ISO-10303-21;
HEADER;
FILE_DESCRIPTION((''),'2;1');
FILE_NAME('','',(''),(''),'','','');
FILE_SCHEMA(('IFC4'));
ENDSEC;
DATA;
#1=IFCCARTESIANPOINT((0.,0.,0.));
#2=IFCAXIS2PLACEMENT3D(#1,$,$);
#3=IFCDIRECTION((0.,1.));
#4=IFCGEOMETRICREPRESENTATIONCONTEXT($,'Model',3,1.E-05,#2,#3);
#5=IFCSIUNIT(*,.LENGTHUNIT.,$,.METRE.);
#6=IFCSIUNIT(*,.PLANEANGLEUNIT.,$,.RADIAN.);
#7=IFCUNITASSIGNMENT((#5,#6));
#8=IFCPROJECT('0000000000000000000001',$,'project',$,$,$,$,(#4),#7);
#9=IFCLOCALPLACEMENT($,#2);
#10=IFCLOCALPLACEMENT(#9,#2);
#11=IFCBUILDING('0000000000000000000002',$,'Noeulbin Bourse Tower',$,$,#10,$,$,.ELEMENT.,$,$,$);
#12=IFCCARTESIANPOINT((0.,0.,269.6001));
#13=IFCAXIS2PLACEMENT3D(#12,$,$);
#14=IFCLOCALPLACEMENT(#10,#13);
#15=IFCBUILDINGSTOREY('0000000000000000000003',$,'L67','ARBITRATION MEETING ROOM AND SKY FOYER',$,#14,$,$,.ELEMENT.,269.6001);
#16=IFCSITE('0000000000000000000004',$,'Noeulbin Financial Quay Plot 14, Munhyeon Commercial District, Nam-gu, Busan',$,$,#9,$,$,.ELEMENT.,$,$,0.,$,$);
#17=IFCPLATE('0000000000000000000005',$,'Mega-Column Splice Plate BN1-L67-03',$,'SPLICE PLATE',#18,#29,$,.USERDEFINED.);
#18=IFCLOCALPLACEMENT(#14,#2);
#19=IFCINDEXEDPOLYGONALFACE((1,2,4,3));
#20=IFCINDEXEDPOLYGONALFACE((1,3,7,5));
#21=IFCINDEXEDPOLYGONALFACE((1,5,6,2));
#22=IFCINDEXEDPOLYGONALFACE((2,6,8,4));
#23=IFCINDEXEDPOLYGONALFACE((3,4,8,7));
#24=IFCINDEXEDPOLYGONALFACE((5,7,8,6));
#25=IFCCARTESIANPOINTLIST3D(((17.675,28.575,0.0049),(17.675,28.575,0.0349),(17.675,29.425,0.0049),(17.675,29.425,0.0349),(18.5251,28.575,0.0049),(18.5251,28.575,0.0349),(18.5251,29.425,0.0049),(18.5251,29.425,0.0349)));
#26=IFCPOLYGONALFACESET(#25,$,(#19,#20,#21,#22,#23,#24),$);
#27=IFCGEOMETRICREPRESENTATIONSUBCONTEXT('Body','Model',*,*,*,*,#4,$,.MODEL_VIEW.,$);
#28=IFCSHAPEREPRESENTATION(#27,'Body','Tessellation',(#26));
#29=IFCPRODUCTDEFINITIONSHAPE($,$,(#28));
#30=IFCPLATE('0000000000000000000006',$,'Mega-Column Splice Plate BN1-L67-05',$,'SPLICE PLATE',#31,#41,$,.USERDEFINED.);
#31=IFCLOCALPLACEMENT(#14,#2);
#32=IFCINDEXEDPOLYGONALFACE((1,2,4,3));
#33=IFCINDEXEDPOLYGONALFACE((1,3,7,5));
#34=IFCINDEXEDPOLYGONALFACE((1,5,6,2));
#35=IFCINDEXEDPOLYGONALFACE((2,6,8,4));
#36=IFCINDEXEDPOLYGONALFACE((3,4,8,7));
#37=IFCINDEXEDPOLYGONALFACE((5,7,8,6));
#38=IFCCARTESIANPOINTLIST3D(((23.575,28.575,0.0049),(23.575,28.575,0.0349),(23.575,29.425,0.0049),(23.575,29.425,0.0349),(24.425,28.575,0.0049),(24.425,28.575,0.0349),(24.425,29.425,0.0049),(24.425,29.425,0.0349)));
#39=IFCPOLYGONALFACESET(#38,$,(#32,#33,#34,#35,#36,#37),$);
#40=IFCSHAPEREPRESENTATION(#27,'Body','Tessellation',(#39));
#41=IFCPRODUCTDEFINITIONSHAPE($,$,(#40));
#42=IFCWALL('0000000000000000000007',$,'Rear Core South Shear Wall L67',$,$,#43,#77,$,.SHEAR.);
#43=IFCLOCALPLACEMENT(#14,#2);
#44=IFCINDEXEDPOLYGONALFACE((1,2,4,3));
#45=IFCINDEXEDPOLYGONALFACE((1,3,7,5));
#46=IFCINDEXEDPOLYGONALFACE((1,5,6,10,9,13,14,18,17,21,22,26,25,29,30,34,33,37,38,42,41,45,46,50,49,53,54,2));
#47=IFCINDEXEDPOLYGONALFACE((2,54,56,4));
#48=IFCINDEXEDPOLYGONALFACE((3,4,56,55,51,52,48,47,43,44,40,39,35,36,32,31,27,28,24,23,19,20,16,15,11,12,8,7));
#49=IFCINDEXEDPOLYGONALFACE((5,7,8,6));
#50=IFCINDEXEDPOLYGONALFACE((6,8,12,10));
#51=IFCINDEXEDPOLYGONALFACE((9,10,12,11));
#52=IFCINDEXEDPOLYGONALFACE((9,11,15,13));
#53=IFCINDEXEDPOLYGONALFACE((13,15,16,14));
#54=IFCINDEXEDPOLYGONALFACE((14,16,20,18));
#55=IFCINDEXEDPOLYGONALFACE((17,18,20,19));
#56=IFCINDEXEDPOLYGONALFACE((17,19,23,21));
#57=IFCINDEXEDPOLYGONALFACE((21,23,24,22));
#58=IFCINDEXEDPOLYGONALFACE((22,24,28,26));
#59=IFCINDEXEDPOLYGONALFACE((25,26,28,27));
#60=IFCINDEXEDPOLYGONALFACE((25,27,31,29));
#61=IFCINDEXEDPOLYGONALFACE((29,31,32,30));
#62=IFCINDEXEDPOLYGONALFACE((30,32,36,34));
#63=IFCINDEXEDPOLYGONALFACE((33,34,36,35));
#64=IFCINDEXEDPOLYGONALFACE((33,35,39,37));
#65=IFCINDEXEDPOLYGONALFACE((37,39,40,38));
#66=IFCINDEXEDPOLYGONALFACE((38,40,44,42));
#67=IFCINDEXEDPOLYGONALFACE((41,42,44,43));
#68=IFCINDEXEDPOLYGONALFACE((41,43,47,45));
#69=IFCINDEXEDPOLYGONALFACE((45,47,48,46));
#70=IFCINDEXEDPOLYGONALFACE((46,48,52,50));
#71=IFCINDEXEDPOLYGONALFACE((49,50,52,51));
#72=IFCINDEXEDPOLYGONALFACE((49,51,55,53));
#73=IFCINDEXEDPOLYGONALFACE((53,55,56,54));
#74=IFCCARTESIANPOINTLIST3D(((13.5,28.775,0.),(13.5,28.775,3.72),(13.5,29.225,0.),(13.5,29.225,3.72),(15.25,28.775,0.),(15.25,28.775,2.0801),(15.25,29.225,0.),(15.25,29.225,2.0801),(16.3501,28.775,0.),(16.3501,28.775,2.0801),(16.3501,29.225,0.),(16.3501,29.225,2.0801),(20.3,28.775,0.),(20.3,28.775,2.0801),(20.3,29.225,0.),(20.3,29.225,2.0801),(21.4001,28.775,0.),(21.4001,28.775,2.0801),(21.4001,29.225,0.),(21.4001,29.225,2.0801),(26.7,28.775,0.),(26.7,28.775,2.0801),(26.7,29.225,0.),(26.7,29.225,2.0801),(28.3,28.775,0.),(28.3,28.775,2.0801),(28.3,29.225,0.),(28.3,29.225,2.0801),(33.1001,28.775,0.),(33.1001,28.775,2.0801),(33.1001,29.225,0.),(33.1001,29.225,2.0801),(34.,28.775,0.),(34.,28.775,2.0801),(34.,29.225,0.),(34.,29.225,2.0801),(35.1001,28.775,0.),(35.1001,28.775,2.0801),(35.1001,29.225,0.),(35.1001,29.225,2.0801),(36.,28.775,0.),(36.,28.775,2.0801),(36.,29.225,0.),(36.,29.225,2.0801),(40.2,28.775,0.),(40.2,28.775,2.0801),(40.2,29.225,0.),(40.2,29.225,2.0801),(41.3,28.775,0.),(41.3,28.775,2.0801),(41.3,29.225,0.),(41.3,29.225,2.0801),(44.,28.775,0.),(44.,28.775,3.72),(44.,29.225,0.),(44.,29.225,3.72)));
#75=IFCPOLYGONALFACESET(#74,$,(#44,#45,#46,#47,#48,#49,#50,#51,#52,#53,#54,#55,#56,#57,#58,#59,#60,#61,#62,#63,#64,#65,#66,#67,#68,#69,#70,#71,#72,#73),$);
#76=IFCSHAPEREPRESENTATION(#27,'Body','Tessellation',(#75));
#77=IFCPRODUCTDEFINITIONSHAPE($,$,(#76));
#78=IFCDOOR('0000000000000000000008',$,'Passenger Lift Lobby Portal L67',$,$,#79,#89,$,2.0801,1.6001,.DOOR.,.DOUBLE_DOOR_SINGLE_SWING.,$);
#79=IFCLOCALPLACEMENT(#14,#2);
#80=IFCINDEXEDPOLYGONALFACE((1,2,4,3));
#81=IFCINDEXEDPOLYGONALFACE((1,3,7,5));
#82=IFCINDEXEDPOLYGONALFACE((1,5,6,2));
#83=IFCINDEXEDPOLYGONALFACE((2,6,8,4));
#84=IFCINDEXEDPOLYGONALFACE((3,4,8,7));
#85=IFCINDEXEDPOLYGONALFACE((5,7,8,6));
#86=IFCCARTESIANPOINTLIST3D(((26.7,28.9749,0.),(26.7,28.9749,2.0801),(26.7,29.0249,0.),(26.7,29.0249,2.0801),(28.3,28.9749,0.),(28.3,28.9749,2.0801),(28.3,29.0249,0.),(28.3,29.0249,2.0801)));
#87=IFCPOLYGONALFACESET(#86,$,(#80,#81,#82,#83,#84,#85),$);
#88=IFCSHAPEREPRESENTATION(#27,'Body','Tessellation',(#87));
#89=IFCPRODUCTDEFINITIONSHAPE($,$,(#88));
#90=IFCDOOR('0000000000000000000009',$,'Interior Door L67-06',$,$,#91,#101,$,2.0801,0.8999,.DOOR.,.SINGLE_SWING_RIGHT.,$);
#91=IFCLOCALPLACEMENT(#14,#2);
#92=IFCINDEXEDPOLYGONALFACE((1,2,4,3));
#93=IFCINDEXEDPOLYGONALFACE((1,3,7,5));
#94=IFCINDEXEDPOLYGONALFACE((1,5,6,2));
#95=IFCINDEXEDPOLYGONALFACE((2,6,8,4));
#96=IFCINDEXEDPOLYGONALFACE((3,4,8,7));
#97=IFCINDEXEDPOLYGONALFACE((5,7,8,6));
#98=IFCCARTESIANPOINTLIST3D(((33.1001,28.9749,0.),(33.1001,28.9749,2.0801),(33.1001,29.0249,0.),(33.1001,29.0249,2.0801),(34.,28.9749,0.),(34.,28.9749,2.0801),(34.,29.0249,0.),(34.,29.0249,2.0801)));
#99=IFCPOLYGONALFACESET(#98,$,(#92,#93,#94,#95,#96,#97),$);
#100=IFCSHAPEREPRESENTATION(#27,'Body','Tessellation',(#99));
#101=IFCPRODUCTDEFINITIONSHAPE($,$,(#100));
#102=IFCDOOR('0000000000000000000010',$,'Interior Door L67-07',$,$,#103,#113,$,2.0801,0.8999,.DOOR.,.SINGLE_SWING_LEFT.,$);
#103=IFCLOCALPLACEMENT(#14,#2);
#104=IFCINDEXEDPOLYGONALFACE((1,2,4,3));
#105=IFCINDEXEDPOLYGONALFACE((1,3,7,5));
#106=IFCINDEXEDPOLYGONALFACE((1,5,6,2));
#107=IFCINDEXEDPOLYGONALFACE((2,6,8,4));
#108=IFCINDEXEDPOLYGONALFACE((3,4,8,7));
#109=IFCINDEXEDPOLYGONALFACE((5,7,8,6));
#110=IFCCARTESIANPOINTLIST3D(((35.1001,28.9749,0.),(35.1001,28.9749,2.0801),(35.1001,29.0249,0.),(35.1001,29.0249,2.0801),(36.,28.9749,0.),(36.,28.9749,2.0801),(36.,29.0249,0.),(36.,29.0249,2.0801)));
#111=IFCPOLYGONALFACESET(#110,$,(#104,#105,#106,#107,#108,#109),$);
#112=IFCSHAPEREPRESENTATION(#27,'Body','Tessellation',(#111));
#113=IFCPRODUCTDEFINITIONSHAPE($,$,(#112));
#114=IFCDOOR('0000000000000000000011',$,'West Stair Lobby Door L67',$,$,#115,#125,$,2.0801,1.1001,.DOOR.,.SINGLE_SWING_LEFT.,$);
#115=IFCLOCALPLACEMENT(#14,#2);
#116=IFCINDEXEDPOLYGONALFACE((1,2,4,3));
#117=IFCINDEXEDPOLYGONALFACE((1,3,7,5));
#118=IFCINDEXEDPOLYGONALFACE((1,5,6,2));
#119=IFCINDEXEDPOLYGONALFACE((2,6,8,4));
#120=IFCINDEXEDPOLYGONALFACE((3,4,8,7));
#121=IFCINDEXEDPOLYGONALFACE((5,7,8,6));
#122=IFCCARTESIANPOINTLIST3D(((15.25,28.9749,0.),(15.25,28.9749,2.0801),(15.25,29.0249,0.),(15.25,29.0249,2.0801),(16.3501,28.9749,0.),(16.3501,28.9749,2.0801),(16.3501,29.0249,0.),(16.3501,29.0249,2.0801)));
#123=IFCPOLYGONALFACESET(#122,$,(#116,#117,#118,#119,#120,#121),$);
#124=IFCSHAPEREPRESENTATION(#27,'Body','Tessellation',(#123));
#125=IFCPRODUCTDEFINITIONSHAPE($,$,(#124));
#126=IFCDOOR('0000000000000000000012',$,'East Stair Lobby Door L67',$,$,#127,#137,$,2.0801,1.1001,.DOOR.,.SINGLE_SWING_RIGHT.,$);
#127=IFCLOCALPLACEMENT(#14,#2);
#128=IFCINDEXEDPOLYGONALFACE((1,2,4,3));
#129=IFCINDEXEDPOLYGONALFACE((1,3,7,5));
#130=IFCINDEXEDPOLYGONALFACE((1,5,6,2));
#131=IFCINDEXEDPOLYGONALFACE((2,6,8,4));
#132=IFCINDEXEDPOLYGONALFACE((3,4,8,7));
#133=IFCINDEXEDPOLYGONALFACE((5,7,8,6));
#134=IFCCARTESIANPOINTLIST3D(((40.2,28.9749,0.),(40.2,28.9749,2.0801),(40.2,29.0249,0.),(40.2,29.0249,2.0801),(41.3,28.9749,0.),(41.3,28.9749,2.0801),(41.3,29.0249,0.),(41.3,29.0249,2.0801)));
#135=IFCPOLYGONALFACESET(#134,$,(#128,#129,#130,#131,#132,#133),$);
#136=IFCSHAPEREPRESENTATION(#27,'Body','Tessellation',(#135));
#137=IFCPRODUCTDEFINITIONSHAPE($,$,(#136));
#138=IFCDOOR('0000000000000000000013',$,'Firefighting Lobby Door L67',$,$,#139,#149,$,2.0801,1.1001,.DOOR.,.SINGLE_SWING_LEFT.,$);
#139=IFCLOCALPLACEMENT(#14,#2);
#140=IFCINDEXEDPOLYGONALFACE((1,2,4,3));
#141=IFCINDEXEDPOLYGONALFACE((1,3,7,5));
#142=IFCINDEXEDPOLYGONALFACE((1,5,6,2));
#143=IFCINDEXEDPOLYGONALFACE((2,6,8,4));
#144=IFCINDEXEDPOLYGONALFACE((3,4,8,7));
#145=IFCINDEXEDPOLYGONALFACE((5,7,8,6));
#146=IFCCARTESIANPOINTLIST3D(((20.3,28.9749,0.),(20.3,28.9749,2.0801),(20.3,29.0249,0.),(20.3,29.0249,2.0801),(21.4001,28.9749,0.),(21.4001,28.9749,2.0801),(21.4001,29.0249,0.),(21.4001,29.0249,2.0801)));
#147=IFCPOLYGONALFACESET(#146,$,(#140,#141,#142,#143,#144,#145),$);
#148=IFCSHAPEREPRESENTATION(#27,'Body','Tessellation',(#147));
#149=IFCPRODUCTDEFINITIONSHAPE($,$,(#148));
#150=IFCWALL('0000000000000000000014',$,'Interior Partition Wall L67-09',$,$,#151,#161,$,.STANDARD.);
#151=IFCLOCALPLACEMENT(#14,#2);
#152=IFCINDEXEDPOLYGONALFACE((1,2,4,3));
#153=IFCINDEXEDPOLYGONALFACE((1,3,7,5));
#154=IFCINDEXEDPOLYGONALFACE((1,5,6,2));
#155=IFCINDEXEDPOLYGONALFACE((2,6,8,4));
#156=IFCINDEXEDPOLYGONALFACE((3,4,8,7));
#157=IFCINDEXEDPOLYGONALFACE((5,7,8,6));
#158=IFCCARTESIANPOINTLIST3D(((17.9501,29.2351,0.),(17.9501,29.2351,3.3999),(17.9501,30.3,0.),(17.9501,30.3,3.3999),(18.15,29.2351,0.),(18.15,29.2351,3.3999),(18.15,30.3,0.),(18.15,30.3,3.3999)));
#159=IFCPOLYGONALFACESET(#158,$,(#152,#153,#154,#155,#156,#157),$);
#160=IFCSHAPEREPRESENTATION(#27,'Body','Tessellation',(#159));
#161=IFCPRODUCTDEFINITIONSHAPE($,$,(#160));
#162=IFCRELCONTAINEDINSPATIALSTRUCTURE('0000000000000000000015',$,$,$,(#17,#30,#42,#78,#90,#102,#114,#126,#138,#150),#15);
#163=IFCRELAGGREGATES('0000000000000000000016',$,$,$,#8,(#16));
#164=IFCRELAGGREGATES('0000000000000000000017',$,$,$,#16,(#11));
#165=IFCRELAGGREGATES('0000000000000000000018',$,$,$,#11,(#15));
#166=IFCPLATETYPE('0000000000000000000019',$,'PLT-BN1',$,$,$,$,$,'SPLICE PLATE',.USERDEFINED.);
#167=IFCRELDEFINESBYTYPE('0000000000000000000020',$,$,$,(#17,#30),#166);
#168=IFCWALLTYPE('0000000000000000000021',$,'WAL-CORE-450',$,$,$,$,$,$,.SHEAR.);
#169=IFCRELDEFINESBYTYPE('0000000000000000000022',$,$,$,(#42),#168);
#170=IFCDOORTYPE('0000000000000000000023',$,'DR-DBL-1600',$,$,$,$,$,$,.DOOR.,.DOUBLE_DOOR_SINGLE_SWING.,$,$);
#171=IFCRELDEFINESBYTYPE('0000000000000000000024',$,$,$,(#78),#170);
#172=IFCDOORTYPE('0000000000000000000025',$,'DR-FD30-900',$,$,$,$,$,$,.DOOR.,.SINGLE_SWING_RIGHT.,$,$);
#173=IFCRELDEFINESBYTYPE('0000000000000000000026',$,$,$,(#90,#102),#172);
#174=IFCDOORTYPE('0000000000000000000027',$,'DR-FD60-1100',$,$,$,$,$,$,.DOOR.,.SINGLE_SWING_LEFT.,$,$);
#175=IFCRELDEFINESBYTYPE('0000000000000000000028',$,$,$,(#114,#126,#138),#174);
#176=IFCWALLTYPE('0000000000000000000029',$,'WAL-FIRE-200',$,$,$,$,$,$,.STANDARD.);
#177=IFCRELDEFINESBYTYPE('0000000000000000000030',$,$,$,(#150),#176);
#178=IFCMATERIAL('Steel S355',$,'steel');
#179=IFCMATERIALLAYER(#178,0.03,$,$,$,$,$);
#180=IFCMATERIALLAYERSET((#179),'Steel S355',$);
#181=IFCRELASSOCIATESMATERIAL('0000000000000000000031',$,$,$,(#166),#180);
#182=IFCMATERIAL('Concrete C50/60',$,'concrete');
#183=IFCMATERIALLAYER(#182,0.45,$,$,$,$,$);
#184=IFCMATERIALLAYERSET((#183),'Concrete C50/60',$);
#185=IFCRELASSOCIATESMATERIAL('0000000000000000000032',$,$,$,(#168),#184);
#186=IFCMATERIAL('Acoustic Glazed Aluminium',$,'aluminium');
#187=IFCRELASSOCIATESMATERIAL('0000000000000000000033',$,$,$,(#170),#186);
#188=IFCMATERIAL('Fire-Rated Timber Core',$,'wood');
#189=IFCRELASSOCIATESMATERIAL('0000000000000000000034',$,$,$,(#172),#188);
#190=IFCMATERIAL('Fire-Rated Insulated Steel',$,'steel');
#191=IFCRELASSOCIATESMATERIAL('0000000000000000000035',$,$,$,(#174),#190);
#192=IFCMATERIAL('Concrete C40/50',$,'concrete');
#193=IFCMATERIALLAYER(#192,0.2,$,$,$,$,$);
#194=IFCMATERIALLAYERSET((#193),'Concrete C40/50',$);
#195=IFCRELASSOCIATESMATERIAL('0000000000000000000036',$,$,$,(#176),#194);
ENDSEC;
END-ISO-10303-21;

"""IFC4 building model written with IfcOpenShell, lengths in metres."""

from ifc_helpers import new_model, si_unit, direction, frame, frame_2d, origin, origin_2d, place, context, subcontext, project, spatial, rectangle, extrude, material, layer, layer_set, type_object, element, fill, save


model = new_model("IFC4")

# Units and contexts
model_context = context("Model", 3, precision=1e-05, world=origin(), true_north=direction((0.0, 1.0)))
body_context = subcontext(model_context, "Body", "Model", "MODEL_VIEW")
ifc_project = project(units=[si_unit("LENGTHUNIT", "METRE"), si_unit("PLANEANGLEUNIT", "RADIAN")], contexts=[model_context])

# Site, building, storey
site_placement = place(None, origin())
site = spatial("IfcSite", under=ifc_project, at=site_placement, Name="Noeulbin Financial Quay Plot 14, Munhyeon Commercial District, Nam-gu, Busan", CompositionType="ELEMENT", RefElevation=0.0)
building_placement = place(site_placement, origin())
building = spatial("IfcBuilding", under=site, at=building_placement, Name="Noeulbin Bourse Tower", CompositionType="ELEMENT")
storey_placement = place(building_placement, frame((0.0, 0.0, 269.6001)))
storey = spatial("IfcBuildingStorey", under=building, at=storey_placement, Name="L67", Description="ARBITRATION MEETING ROOM AND SKY FOYER", CompositionType="ELEMENT", Elevation=269.6001)

# Shared definitions
ifc_material_1 = material(Name="Steel S355", Category="steel")

# Plates
ifc_layer_1 = layer(ifc_material_1, 0.03)
ifc_layer_set_1 = layer_set([ifc_layer_1], Name="Steel S355")
plate_type = type_object("IfcPlateType", Name="PLT-BN1", ElementType="SPLICE PLATE", PredefinedType="USERDEFINED", material=ifc_layer_set_1)
for number, where, z_axis, x_axis, name in (
    (1, (18.1001, 29.0, 0.0049), (0.0, 0.0, 1.0), (1.0, 0.0, 0.0), "Mega-Column Splice Plate BN1-L67-03"),
    (2, (24.0, 29.0, 0.0049), (0.0, 0.0, 1.0), (1.0, 0.0, 0.0), "Mega-Column Splice Plate BN1-L67-05"),
):
    element("IfcPlate", number, at=place(storey_placement, frame(where, z_axis=z_axis, x_axis=x_axis)), inside=storey, type_object=plate_type, Name=name, ObjectType="SPLICE PLATE", PredefinedType="USERDEFINED", context=body_context, shape_type="SweptSolid", body=[
        extrude(rectangle(XDim=0.8501, YDim=0.8501, at=origin_2d()), origin(), (0.0, 0.0, 1.0), 0.03),
    ])

# Wall, openings, doors
ifc_material_2 = material(Name="Concrete C50/60", Category="concrete")
ifc_layer_2 = layer(ifc_material_2, 0.45)
ifc_layer_set_2 = layer_set([ifc_layer_2], Name="Concrete C50/60")
wall_type_1 = type_object("IfcWallType", Name="WAL-CORE-450", PredefinedType="SHEAR", material=ifc_layer_set_2)
wall_1_placement = place(storey_placement, frame((13.5, 29.0, 0.0), z_axis=(0.0, 0.0, 1.0), x_axis=(1.0, 0.0, 0.0)))
wall_1 = element("IfcWall", 3, at=wall_1_placement, inside=storey, type_object=wall_type_1, Name="Rear Core South Shear Wall L67", PredefinedType="SHEAR", context=body_context, shape_type="SweptSolid", body=[
    extrude(rectangle(XDim=30.5, YDim=0.45, at=frame_2d((15.25, 0.0))), origin(), (0.0, 0.0, 1.0), 3.72),
])
opening_1_placement = place(wall_1_placement, frame((1.75, 0.0, 0.0)))
opening_1 = element("IfcOpeningElement", 4, at=opening_1_placement, cuts=wall_1, PredefinedType="OPENING", context=body_context, shape_type="SweptSolid", body=[
    extrude(rectangle(XDim=1.1001, YDim=2.0801, at=frame_2d((0.55, 1.04))), frame((0.0, 0.2349, 0.0), z_axis=(0.0, -1.0, 0.0), x_axis=(1.0, 0.0, 0.0)), (0.0, 0.0, 1.0), 0.47),
])
opening_2_placement = place(wall_1_placement, frame((26.7, 0.0, 0.0)))
opening_2 = element("IfcOpeningElement", 5, at=opening_2_placement, cuts=wall_1, PredefinedType="OPENING", context=body_context, shape_type="SweptSolid", body=[
    extrude(rectangle(XDim=1.1001, YDim=2.0801, at=frame_2d((0.55, 1.04))), frame((0.0, 0.2349, 0.0), z_axis=(0.0, -1.0, 0.0), x_axis=(1.0, 0.0, 0.0)), (0.0, 0.0, 1.0), 0.47),
])
opening_3_placement = place(wall_1_placement, frame((6.8, 0.0, 0.0)))
opening_3 = element("IfcOpeningElement", 6, at=opening_3_placement, cuts=wall_1, PredefinedType="OPENING", context=body_context, shape_type="SweptSolid", body=[
    extrude(rectangle(XDim=1.1001, YDim=2.0801, at=frame_2d((0.55, 1.04))), frame((0.0, 0.2349, 0.0), z_axis=(0.0, -1.0, 0.0), x_axis=(1.0, 0.0, 0.0)), (0.0, 0.0, 1.0), 0.47),
])
opening_4_placement = place(wall_1_placement, frame((13.2, 0.0, 0.0)))
opening_4 = element("IfcOpeningElement", 7, at=opening_4_placement, cuts=wall_1, PredefinedType="OPENING", context=body_context, shape_type="SweptSolid", body=[
    extrude(rectangle(XDim=1.6001, YDim=2.0801, at=frame_2d((0.8, 1.04))), frame((0.0, 0.2349, 0.0), z_axis=(0.0, -1.0, 0.0), x_axis=(1.0, 0.0, 0.0)), (0.0, 0.0, 1.0), 0.47),
])
opening_5_placement = place(wall_1_placement, frame((19.6001, 0.0, 0.0)))
opening_5 = element("IfcOpeningElement", 8, at=opening_5_placement, cuts=wall_1, PredefinedType="OPENING", context=body_context, shape_type="SweptSolid", body=[
    extrude(rectangle(XDim=0.8999, YDim=2.0801, at=frame_2d((0.45, 1.04))), frame((0.0, 0.2349, 0.0), z_axis=(0.0, -1.0, 0.0), x_axis=(1.0, 0.0, 0.0)), (0.0, 0.0, 1.0), 0.47),
])
opening_6_placement = place(wall_1_placement, frame((21.6001, 0.0, 0.0)))
opening_6 = element("IfcOpeningElement", 9, at=opening_6_placement, cuts=wall_1, PredefinedType="OPENING", context=body_context, shape_type="SweptSolid", body=[
    extrude(rectangle(XDim=0.8999, YDim=2.0801, at=frame_2d((0.45, 1.04))), frame((0.0, 0.2349, 0.0), z_axis=(0.0, -1.0, 0.0), x_axis=(1.0, 0.0, 0.0)), (0.0, 0.0, 1.0), 0.47),
])
ifc_material_3 = material(Name="Acoustic Glazed Aluminium", Category="aluminium")
door_type_1 = type_object("IfcDoorType", Name="DR-DBL-1600", OperationType="DOUBLE_DOOR_SINGLE_SWING", PredefinedType="DOOR", material=ifc_material_3)
door_1_placement = place(opening_4_placement, origin())
door_1 = element("IfcDoor", 10, at=door_1_placement, inside=storey, type_object=door_type_1, Name="Passenger Lift Lobby Portal L67", OperationType="DOUBLE_DOOR_SINGLE_SWING", OverallHeight=2.0801, OverallWidth=1.6001, PredefinedType="DOOR", context=body_context, shape_type="SweptSolid", body=[
    extrude(rectangle(XDim=1.6001, YDim=2.0801, at=frame_2d((0.8, 1.04))), frame((0.0, 0.0249, 0.0), z_axis=(0.0, -1.0, 0.0), x_axis=(1.0, 0.0, 0.0)), (0.0, 0.0, 1.0), 0.05),
])
fill(opening_4, door_1)
ifc_material_4 = material(Name="Fire-Rated Timber Core", Category="wood")
door_type_2 = type_object("IfcDoorType", Name="DR-FD30-900", OperationType="SINGLE_SWING_RIGHT", PredefinedType="DOOR", material=ifc_material_4)
door_2_placement = place(opening_5_placement, origin())
door_2 = element("IfcDoor", 11, at=door_2_placement, inside=storey, type_object=door_type_2, Name="Interior Door L67-06", OperationType="SINGLE_SWING_RIGHT", OverallHeight=2.0801, OverallWidth=0.8999, PredefinedType="DOOR", context=body_context, shape_type="SweptSolid", body=[
    extrude(rectangle(XDim=0.8999, YDim=2.0801, at=frame_2d((0.45, 1.04))), frame((0.0, 0.0249, 0.0), z_axis=(0.0, -1.0, 0.0), x_axis=(1.0, 0.0, 0.0)), (0.0, 0.0, 1.0), 0.05),
])
fill(opening_5, door_2)
door_3_placement = place(opening_6_placement, origin())
door_3 = element("IfcDoor", 12, at=door_3_placement, inside=storey, type_object=door_type_2, Name="Interior Door L67-07", OperationType="SINGLE_SWING_LEFT", OverallHeight=2.0801, OverallWidth=0.8999, PredefinedType="DOOR", context=body_context, shape_type="SweptSolid", body=[
    extrude(rectangle(XDim=0.8999, YDim=2.0801, at=frame_2d((0.45, 1.04))), frame((0.0, 0.0249, 0.0), z_axis=(0.0, -1.0, 0.0), x_axis=(1.0, 0.0, 0.0)), (0.0, 0.0, 1.0), 0.05),
])
fill(opening_6, door_3)
ifc_material_5 = material(Name="Fire-Rated Insulated Steel", Category="steel")
door_type_3 = type_object("IfcDoorType", Name="DR-FD60-1100", OperationType="SINGLE_SWING_LEFT", PredefinedType="DOOR", material=ifc_material_5)
door_4_placement = place(opening_1_placement, origin())
door_4 = element("IfcDoor", 13, at=door_4_placement, inside=storey, type_object=door_type_3, Name="West Stair Lobby Door L67", OperationType="SINGLE_SWING_LEFT", OverallHeight=2.0801, OverallWidth=1.1001, PredefinedType="DOOR", context=body_context, shape_type="SweptSolid", body=[
    extrude(rectangle(XDim=1.1001, YDim=2.0801, at=frame_2d((0.55, 1.04))), frame((0.0, 0.0249, 0.0), z_axis=(0.0, -1.0, 0.0), x_axis=(1.0, 0.0, 0.0)), (0.0, 0.0, 1.0), 0.05),
])
fill(opening_1, door_4)
door_5_placement = place(opening_2_placement, origin())
door_5 = element("IfcDoor", 14, at=door_5_placement, inside=storey, type_object=door_type_3, Name="East Stair Lobby Door L67", OperationType="SINGLE_SWING_RIGHT", OverallHeight=2.0801, OverallWidth=1.1001, PredefinedType="DOOR", context=body_context, shape_type="SweptSolid", body=[
    extrude(rectangle(XDim=1.1001, YDim=2.0801, at=frame_2d((0.55, 1.04))), frame((0.0, 0.0249, 0.0), z_axis=(0.0, -1.0, 0.0), x_axis=(1.0, 0.0, 0.0)), (0.0, 0.0, 1.0), 0.05),
])
fill(opening_2, door_5)
door_6_placement = place(opening_3_placement, origin())
door_6 = element("IfcDoor", 15, at=door_6_placement, inside=storey, type_object=door_type_3, Name="Firefighting Lobby Door L67", OperationType="SINGLE_SWING_LEFT", OverallHeight=2.0801, OverallWidth=1.1001, PredefinedType="DOOR", context=body_context, shape_type="SweptSolid", body=[
    extrude(rectangle(XDim=1.1001, YDim=2.0801, at=frame_2d((0.55, 1.04))), frame((0.0, 0.0249, 0.0), z_axis=(0.0, -1.0, 0.0), x_axis=(1.0, 0.0, 0.0)), (0.0, 0.0, 1.0), 0.05),
])
fill(opening_3, door_6)

# Wall
ifc_material_6 = material(Name="Concrete C40/50", Category="concrete")
ifc_layer_3 = layer(ifc_material_6, 0.2)
ifc_layer_set_3 = layer_set([ifc_layer_3], Name="Concrete C40/50")
wall_type_2 = type_object("IfcWallType", Name="WAL-FIRE-200", PredefinedType="STANDARD", material=ifc_layer_set_3)
wall_2_placement = place(storey_placement, frame((18.05, 29.2351, 0.0), z_axis=(0.0, 0.0, 1.0), x_axis=(0.0, 1.0, 0.0)))
element("IfcWall", 16, at=wall_2_placement, inside=storey, type_object=wall_type_2, Name="Interior Partition Wall L67-09", PredefinedType="STANDARD", context=body_context, shape_type="SweptSolid", body=[
    extrude(rectangle(XDim=1.0649, YDim=0.2, at=frame_2d((0.5325, 0.0))), origin(), (0.0, 0.0, 1.0), 3.3999),
])

save(model, "model.ifc")
